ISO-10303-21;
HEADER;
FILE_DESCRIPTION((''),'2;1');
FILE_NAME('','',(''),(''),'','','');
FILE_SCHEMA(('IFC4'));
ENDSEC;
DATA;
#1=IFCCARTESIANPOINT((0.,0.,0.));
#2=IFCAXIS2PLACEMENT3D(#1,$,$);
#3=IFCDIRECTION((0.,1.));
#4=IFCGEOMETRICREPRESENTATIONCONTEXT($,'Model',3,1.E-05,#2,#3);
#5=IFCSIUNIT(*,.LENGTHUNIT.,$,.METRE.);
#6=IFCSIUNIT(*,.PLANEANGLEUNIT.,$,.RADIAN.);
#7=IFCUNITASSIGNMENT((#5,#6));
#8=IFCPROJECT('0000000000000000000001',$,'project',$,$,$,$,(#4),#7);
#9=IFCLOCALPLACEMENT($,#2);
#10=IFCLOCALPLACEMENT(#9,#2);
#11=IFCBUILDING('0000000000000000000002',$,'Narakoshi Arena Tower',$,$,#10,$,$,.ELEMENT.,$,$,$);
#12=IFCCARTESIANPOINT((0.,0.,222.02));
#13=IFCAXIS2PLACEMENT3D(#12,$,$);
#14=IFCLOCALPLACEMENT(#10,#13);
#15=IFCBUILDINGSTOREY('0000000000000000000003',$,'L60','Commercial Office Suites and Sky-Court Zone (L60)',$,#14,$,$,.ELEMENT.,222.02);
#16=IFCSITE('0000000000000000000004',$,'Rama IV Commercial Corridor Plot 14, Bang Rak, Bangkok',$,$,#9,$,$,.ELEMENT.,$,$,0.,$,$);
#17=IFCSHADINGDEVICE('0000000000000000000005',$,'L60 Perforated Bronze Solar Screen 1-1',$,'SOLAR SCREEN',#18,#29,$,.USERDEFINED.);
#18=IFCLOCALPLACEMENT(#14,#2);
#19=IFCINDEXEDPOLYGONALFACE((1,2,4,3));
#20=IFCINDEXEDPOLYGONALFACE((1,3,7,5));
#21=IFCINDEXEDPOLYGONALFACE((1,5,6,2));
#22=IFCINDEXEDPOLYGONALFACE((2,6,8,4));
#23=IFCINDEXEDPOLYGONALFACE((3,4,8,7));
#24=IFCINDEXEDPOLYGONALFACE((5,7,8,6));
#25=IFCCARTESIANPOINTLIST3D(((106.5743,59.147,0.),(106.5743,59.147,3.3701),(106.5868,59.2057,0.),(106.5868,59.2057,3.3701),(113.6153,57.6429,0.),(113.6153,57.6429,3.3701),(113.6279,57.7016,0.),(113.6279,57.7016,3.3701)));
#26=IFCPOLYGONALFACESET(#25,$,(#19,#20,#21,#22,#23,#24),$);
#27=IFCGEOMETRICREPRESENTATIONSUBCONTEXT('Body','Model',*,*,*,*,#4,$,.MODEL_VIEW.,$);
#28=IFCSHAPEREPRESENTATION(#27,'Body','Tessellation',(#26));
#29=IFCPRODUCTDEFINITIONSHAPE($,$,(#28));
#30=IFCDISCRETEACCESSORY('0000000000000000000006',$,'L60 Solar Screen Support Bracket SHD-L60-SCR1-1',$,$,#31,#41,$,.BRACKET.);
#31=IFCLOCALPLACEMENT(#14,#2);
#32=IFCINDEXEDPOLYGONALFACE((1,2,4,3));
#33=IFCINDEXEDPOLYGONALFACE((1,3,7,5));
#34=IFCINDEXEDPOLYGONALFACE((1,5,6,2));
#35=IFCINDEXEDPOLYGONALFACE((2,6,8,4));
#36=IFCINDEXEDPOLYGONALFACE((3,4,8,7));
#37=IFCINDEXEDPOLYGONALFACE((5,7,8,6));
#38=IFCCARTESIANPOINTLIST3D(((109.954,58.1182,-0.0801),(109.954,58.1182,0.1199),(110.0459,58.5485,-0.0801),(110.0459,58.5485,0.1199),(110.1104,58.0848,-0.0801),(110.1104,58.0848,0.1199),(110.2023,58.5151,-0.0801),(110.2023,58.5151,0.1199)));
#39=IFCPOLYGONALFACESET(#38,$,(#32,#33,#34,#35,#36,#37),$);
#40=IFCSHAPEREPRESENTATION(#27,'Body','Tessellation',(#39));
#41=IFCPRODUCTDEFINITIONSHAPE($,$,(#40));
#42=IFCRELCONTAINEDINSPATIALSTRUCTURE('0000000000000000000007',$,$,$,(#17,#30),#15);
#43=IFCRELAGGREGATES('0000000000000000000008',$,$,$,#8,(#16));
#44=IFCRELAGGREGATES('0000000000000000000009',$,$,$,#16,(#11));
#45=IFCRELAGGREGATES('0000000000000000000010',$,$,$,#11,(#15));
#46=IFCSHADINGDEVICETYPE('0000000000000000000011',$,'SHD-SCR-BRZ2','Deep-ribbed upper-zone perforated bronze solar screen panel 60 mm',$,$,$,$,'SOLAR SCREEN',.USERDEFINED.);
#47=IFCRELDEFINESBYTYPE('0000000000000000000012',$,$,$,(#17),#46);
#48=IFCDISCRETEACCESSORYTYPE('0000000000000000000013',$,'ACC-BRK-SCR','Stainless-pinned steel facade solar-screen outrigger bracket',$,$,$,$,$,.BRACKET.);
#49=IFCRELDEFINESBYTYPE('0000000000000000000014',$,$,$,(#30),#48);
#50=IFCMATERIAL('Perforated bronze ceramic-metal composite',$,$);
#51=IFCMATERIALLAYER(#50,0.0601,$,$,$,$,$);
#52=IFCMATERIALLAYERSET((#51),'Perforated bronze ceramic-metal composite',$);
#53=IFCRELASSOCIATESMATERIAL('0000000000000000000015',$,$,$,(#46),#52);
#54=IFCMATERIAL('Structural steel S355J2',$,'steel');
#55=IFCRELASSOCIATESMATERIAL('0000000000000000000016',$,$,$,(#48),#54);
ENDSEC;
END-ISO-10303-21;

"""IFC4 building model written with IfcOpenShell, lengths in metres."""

from ifc_helpers import new_model, si_unit, direction, frame, origin, origin_2d, place, context, subcontext, project, spatial, rectangle, extrude, material, layer, layer_set, type_object, element, save


model = new_model("IFC4")

# Units and contexts
model_context = context("Model", 3, precision=1e-05, world=origin(), true_north=direction((0.0, 1.0)))
body_context = subcontext(model_context, "Body", "Model", "MODEL_VIEW")
ifc_project = project(units=[si_unit("LENGTHUNIT", "METRE"), si_unit("PLANEANGLEUNIT", "RADIAN")], contexts=[model_context])

# Site, building, storey
site_placement = place(None, origin())
site = spatial("IfcSite", under=ifc_project, at=site_placement, Name="Rama IV Commercial Corridor Plot 14, Bang Rak, Bangkok", CompositionType="ELEMENT", RefElevation=0.0)
building_placement = place(site_placement, origin())
building = spatial("IfcBuilding", under=site, at=building_placement, Name="Narakoshi Arena Tower", CompositionType="ELEMENT")
storey_placement = place(building_placement, frame((0.0, 0.0, 222.02)))
storey = spatial("IfcBuildingStorey", under=building, at=storey_placement, Name="L60", Description="Commercial Office Suites and Sky-Court Zone (L60)", CompositionType="ELEMENT", Elevation=222.02)

# Shared definitions
ifc_material_1 = material(Name="Structural steel S355J2", Category="steel")

# Shading device
ifc_material_2 = material(Name="Perforated bronze ceramic-metal composite")
ifc_layer_1 = layer(ifc_material_2, 0.0601)
ifc_layer_set_1 = layer_set([ifc_layer_1], Name="Perforated bronze ceramic-metal composite")
shading_device_type = type_object("IfcShadingDeviceType", Name="SHD-SCR-BRZ2", Description="Deep-ribbed upper-zone perforated bronze solar screen panel 60 mm", ElementType="SOLAR SCREEN", PredefinedType="USERDEFINED", material=ifc_layer_set_1)
shading_device_placement = place(storey_placement, frame((110.1011, 58.4243, 0.0), z_axis=(0.0, 0.0, 1.0), x_axis=(-0.977937, 0.208902, 0.0)))
element("IfcShadingDevice", 1, at=shading_device_placement, inside=storey, type_object=shading_device_type, Name="L60 Perforated Bronze Solar Screen 1-1", ObjectType="SOLAR SCREEN", PredefinedType="USERDEFINED", context=body_context, shape_type="SweptSolid", body=[
    extrude(rectangle(XDim=7.2, YDim=0.0601, at=origin_2d()), origin(), (0.0, 0.0, 1.0), 3.3701),
])

# Discrete accessory
discrete_accessory_type = type_object("IfcDiscreteAccessoryType", Name="ACC-BRK-SCR", Description="Stainless-pinned steel facade solar-screen outrigger bracket", PredefinedType="BRACKET", material=ifc_material_1)
discrete_accessory_placement = place(storey_placement, frame((110.0781, 58.3167, -0.0801), z_axis=(0.0, 0.0, 1.0), x_axis=(-0.977937, 0.208902, 0.0)))
element("IfcDiscreteAccessory", 2, at=discrete_accessory_placement, inside=storey, type_object=discrete_accessory_type, Name="L60 Solar Screen Support Bracket SHD-L60-SCR1-1", PredefinedType="BRACKET", context=body_context, shape_type="SweptSolid", body=[
    extrude(rectangle(XDim=0.1599, YDim=0.4399, at=origin_2d()), origin(), (0.0, 0.0, 1.0), 0.2),
])

save(model, "model.ifc")
